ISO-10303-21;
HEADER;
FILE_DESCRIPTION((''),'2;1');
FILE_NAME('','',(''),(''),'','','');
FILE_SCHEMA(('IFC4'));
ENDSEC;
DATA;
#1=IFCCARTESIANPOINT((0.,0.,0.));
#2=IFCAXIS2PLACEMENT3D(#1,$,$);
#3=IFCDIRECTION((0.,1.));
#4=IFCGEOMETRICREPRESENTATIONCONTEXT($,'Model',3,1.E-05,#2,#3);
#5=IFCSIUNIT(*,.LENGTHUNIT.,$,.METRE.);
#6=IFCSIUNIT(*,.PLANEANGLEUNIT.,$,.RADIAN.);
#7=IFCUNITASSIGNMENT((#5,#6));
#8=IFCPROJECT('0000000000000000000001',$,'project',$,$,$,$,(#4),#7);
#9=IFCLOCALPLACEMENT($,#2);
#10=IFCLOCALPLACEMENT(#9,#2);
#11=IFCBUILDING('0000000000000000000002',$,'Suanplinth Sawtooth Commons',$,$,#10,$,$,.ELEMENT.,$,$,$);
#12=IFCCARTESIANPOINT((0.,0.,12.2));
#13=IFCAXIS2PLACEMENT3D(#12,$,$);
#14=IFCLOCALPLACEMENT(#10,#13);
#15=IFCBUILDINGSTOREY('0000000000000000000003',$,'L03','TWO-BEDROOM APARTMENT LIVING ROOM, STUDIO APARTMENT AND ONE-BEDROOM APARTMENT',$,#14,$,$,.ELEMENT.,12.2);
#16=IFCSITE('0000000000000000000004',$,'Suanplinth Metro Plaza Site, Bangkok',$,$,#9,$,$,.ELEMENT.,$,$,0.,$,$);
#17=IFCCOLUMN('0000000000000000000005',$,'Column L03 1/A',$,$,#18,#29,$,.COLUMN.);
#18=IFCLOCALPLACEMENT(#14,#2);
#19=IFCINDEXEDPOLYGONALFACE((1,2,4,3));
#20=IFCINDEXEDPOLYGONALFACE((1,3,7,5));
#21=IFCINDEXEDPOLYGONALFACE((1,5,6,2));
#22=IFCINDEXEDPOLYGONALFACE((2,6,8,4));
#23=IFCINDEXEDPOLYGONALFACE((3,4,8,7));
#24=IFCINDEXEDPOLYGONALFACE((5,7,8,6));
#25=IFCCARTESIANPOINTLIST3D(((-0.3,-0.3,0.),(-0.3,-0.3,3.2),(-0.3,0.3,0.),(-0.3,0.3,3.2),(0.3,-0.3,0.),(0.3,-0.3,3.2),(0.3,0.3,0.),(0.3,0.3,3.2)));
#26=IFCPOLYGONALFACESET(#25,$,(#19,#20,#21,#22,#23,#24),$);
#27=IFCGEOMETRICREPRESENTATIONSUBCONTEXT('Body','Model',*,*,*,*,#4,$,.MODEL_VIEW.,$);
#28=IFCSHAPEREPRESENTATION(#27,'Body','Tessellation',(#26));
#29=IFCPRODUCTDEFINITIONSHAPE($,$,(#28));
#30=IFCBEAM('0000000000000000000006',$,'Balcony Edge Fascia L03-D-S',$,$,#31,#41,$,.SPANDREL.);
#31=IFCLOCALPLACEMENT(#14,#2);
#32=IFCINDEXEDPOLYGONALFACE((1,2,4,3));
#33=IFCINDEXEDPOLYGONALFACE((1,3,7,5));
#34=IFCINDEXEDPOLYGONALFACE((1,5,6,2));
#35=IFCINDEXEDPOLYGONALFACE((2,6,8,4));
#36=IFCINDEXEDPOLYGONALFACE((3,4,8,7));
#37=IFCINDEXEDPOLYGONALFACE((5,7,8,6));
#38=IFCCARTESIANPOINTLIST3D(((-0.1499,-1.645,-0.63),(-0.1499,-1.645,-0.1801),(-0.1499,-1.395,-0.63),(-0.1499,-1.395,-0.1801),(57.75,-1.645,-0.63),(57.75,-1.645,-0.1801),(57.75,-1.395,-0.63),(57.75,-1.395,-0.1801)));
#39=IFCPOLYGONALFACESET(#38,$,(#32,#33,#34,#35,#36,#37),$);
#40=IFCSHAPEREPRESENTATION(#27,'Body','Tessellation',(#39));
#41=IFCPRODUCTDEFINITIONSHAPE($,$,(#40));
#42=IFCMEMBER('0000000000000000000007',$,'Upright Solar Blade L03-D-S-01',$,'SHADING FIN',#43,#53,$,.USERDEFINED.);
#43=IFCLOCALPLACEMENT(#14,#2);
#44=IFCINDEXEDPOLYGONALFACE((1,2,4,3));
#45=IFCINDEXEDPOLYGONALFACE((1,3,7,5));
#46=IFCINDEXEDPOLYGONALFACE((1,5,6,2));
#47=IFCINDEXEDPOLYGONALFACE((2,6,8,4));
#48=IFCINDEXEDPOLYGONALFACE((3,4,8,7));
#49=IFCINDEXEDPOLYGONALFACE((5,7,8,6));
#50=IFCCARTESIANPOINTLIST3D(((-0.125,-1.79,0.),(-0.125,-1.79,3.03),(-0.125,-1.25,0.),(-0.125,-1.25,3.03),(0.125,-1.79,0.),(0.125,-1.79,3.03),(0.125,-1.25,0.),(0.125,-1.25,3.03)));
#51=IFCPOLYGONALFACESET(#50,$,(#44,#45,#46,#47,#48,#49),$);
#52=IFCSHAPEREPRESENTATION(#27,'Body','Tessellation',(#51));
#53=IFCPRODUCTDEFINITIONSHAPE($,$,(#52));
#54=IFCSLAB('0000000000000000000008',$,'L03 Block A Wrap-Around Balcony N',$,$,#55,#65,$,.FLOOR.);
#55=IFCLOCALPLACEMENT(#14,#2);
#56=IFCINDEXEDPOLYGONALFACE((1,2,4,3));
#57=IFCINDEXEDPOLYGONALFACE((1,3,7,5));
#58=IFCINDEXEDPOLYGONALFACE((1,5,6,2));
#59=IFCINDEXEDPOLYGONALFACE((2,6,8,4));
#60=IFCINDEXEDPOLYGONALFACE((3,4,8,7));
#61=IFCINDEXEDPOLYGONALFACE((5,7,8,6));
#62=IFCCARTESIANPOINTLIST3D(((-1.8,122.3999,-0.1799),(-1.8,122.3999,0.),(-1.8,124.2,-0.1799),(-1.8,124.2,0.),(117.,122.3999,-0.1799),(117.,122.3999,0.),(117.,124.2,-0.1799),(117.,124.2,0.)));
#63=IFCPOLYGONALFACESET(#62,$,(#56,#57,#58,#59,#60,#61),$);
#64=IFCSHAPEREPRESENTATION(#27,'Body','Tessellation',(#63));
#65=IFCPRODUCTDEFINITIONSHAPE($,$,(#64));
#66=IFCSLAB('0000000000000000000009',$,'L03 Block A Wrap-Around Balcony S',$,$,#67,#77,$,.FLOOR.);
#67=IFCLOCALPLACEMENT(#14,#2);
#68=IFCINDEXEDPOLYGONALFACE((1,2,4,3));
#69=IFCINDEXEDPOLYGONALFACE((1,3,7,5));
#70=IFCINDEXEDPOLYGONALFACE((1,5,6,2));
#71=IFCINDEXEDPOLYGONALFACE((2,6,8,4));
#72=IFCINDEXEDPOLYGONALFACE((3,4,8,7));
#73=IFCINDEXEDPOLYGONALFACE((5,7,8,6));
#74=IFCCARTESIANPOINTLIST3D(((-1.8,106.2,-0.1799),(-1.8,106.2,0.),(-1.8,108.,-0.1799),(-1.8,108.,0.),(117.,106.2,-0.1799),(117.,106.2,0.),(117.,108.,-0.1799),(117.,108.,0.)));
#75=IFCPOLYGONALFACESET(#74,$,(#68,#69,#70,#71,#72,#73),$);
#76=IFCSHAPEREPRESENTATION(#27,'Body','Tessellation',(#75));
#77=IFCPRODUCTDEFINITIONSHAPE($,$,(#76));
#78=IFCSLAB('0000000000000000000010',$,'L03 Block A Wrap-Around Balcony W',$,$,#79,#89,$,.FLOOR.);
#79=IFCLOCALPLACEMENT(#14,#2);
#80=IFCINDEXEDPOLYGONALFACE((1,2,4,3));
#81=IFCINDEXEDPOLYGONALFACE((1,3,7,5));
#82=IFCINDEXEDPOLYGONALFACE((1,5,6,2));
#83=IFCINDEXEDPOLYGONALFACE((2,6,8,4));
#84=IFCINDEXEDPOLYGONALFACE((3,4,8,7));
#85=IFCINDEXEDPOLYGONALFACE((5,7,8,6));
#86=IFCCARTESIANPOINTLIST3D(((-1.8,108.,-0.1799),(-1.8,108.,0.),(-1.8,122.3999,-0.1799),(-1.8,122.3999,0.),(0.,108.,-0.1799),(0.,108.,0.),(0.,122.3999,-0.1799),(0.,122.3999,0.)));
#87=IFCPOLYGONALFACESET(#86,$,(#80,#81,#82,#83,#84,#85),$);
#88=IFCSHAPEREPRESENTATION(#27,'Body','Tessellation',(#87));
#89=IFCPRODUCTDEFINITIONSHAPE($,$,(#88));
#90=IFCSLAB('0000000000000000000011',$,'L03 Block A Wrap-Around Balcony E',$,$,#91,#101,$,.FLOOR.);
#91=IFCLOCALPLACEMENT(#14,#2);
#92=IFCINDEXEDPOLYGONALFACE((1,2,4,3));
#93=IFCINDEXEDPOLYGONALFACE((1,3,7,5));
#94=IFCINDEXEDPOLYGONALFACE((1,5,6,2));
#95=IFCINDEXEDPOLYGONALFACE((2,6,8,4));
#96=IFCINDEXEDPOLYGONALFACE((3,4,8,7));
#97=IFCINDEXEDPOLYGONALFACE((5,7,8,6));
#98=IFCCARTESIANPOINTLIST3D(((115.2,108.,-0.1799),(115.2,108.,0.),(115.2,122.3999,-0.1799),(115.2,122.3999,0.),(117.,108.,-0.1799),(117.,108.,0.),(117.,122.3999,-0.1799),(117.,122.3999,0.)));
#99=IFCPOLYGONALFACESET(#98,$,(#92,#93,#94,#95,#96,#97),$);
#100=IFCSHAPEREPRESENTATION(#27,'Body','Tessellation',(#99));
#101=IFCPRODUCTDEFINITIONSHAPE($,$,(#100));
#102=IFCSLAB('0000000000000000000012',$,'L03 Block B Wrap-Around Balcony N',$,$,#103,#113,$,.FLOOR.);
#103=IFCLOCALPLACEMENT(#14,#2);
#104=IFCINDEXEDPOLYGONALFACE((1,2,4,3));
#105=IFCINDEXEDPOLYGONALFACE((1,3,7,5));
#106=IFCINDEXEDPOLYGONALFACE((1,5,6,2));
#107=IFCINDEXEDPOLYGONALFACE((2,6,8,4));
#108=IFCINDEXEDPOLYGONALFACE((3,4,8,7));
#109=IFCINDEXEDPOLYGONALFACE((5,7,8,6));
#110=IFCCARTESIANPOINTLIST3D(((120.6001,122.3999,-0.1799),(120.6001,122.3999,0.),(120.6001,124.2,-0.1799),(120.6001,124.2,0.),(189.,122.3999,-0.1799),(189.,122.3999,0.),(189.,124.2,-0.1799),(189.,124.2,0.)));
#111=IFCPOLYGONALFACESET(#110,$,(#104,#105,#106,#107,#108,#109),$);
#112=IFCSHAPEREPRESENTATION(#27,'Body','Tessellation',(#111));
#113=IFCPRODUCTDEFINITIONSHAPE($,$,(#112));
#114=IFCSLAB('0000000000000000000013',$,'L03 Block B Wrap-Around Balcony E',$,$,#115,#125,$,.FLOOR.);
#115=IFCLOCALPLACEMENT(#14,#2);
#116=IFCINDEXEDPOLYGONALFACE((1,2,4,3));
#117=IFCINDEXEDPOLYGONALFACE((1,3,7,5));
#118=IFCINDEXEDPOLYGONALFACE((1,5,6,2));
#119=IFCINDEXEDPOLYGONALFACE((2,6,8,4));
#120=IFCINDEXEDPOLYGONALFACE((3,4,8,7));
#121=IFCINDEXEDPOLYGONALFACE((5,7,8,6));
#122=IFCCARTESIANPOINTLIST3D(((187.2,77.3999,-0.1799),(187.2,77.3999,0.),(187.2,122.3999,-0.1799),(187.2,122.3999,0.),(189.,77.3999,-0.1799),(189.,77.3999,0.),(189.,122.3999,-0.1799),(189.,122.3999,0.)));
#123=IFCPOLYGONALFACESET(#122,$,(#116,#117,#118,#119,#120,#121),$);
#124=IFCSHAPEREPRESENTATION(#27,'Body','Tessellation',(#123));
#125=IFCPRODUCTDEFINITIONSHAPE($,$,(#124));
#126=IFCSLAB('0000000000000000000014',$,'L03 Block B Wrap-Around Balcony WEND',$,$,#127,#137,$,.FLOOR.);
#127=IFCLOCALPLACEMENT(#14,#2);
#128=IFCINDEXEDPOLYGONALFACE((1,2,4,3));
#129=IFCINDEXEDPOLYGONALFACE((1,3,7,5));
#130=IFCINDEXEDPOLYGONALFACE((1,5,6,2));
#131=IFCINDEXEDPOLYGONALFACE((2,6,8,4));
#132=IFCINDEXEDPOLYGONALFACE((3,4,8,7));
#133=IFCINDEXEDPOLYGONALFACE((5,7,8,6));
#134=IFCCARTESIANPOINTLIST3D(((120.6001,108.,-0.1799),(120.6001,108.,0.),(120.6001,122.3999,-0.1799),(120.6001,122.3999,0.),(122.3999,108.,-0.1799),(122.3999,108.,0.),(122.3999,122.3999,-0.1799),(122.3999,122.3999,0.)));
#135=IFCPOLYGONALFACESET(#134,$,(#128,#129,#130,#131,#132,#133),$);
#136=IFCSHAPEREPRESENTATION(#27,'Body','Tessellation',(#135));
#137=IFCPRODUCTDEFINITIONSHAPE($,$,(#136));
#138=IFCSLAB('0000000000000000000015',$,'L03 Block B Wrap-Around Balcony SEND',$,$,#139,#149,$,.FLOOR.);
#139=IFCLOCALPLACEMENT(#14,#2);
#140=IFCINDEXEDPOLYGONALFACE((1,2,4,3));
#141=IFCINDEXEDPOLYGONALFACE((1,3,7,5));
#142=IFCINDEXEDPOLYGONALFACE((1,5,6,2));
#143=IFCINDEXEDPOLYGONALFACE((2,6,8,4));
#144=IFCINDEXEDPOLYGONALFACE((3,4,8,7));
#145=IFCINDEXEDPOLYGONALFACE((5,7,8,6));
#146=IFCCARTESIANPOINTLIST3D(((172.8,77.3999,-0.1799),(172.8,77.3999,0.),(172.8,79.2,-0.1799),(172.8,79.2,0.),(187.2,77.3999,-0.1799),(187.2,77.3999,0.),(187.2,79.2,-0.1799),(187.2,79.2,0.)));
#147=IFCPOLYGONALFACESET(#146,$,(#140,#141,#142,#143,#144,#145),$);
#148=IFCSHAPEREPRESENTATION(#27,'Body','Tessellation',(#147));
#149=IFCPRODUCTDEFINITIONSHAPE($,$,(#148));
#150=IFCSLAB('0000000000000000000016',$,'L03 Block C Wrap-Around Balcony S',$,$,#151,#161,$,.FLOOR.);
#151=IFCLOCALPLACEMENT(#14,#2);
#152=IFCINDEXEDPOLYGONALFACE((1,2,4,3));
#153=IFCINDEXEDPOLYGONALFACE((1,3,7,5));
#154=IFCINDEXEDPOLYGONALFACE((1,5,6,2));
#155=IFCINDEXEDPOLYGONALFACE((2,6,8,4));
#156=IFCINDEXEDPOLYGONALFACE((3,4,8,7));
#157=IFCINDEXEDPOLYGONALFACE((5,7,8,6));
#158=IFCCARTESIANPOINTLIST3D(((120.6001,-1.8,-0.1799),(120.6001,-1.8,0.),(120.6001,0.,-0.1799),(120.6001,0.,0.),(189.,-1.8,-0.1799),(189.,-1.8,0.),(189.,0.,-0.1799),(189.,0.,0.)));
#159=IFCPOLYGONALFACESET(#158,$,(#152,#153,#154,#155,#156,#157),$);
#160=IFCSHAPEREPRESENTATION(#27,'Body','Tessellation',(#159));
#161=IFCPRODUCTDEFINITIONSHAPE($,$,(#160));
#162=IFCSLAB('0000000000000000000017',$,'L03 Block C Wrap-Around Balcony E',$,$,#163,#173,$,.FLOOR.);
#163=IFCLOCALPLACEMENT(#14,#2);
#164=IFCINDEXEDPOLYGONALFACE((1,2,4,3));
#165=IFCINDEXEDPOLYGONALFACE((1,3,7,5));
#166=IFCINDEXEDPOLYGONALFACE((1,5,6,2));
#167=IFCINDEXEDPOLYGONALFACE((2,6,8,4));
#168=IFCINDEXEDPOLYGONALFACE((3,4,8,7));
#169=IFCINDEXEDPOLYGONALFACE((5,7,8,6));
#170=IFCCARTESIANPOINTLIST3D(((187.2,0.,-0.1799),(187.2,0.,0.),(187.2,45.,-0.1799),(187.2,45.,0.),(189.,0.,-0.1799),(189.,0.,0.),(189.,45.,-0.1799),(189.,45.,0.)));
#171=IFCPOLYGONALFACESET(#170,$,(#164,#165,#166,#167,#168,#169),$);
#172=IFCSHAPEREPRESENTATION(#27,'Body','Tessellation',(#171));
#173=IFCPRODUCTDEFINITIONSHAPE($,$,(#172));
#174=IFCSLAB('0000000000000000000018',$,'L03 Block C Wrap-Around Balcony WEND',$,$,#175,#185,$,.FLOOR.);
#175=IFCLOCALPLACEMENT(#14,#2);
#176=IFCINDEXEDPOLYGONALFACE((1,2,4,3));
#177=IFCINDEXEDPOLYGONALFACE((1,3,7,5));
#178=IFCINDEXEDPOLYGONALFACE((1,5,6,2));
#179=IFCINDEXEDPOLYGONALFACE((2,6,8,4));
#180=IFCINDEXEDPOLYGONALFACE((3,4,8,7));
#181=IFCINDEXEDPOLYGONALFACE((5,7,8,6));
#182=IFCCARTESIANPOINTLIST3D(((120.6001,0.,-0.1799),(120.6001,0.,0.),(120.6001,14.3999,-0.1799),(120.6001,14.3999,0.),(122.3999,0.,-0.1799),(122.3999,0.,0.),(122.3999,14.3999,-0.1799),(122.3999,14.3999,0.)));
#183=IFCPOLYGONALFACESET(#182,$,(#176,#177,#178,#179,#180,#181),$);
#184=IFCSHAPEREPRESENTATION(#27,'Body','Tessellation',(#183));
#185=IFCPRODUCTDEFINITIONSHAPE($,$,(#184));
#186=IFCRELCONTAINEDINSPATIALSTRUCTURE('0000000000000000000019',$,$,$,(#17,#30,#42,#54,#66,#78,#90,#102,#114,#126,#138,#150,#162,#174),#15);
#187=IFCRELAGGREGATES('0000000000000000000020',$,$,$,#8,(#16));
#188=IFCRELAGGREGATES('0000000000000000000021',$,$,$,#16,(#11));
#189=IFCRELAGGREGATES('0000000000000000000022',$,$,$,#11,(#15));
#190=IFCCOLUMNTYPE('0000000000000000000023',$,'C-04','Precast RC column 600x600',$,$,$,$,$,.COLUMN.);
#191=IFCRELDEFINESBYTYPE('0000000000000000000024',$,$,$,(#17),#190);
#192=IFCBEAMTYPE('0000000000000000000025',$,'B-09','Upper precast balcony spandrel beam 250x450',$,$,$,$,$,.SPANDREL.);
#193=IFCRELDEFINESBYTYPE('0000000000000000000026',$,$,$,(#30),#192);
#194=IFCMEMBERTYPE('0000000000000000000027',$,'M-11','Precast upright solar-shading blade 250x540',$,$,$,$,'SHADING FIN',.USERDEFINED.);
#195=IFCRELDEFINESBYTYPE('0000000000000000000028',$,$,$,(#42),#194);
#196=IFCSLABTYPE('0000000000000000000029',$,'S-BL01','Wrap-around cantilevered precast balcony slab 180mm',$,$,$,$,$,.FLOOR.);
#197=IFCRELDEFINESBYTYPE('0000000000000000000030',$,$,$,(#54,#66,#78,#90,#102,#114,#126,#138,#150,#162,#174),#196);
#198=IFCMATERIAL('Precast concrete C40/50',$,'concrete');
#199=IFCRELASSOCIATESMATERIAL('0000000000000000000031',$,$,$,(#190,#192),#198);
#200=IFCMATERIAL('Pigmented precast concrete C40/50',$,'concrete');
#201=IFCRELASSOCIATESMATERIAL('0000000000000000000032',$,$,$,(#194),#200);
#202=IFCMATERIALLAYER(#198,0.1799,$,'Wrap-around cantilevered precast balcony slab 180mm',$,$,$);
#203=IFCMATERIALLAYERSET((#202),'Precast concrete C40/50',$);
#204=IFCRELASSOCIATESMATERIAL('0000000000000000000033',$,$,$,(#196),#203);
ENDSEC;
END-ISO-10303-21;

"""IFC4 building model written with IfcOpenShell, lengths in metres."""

from ifc_helpers import new_model, si_unit, direction, frame, origin, origin_with_axes, origin_2d, place, context, subcontext, project, spatial, polyline, rectangle, outline, extrude, material, layer, layer_set, material_profile, profile_set, type_object, element, save


model = new_model("IFC4")

# Units and contexts
model_context = context("Model", 3, precision=1e-05, world=origin(), true_north=direction((0.0, 1.0)))
body_context = subcontext(model_context, "Body", "Model", "MODEL_VIEW")
ifc_project = project(units=[si_unit("LENGTHUNIT", "METRE"), si_unit("PLANEANGLEUNIT", "RADIAN")], contexts=[model_context])

# Site, building, storey
site_placement = place(None, origin())
site = spatial("IfcSite", under=ifc_project, at=site_placement, Name="Suanplinth Metro Plaza Site, Bangkok", CompositionType="ELEMENT", RefElevation=0.0)
building_placement = place(site_placement, origin())
building = spatial("IfcBuilding", under=site, at=building_placement, Name="Suanplinth Sawtooth Commons", CompositionType="ELEMENT")
storey_placement = place(building_placement, frame((0.0, 0.0, 12.2)))
storey = spatial("IfcBuildingStorey", under=building, at=storey_placement, Name="L03", Description="TWO-BEDROOM APARTMENT LIVING ROOM, STUDIO APARTMENT AND ONE-BEDROOM APARTMENT", CompositionType="ELEMENT", Elevation=12.2)

# Column
ifc_material_1 = material(Name="Precast concrete C40/50", Category="concrete")
ifc_material_profile_1 = material_profile(ifc_material_1, rectangle(XDim=0.6001, YDim=0.6001, at=origin_2d()), Name="PC-COL 600x600")
ifc_profile_set_1 = profile_set([ifc_material_profile_1], Name="Precast concrete C40/50")
column_type = type_object("IfcColumnType", Name="C-04", Description="Precast RC column 600x600", PredefinedType="COLUMN", material=ifc_profile_set_1)
column_placement = place(storey_placement, origin_with_axes())
element("IfcColumn", 1, at=column_placement, inside=storey, type_object=column_type, Name="Column L03 1/A", PredefinedType="COLUMN", context=body_context, shape_type="SweptSolid", body=[
    extrude(rectangle(XDim=0.6001, YDim=0.6001, at=origin_2d()), origin(), (0.0, 0.0, 1.0), 3.2),
])

# Beam
ifc_material_profile_2 = material_profile(ifc_material_1, rectangle(XDim=0.25, YDim=0.45, at=origin_2d()), Name="PC-SP 250x450")
ifc_profile_set_2 = profile_set([ifc_material_profile_2], Name="Precast concrete C40/50")
beam_type = type_object("IfcBeamType", Name="B-09", Description="Upper precast balcony spandrel beam 250x450", PredefinedType="SPANDREL", material=ifc_profile_set_2)
beam_placement = place(storey_placement, frame((-0.1499, -1.52, -0.405), z_axis=(1.0, 0.0, 0.0), x_axis=(0.0, 1.0, 0.0)))
element("IfcBeam", 2, at=beam_placement, inside=storey, type_object=beam_type, Name="Balcony Edge Fascia L03-D-S", PredefinedType="SPANDREL", context=body_context, shape_type="SweptSolid", body=[
    extrude(rectangle(XDim=0.25, YDim=0.45, at=origin_2d()), origin(), (0.0, 0.0, 1.0), 57.8999),
])

# Member
ifc_material_2 = material(Name="Pigmented precast concrete C40/50", Category="concrete")
ifc_material_profile_3 = material_profile(ifc_material_2, rectangle(XDim=0.25, YDim=0.54, at=origin_2d()), Name="PC-FIN 250x540")
ifc_profile_set_3 = profile_set([ifc_material_profile_3], Name="Pigmented precast concrete C40/50")
member_type = type_object("IfcMemberType", Name="M-11", Description="Precast upright solar-shading blade 250x540", ElementType="SHADING FIN", PredefinedType="USERDEFINED", material=ifc_profile_set_3)
member_placement = place(storey_placement, frame((0.0, -1.52, 0.0), z_axis=(0.0, 0.0, 1.0), x_axis=(1.0, 0.0, 0.0)))
element("IfcMember", 3, at=member_placement, inside=storey, type_object=member_type, Name="Upright Solar Blade L03-D-S-01", ObjectType="SHADING FIN", PredefinedType="USERDEFINED", context=body_context, shape_type="SweptSolid", body=[
    extrude(rectangle(XDim=0.25, YDim=0.54, at=origin_2d()), origin(), (0.0, 0.0, 1.0), 3.03),
])

# Slabs
ifc_layer_1 = layer(ifc_material_1, 0.1799, Name="Wrap-around cantilevered precast balcony slab 180mm")
ifc_layer_set_1 = layer_set([ifc_layer_1], Name="Precast concrete C40/50")
slab_type_1 = type_object("IfcSlabType", Name="S-BL01", Description="Wrap-around cantilevered precast balcony slab 180mm", PredefinedType="FLOOR", material=ifc_layer_set_1)
slab_1_placement = place(storey_placement, frame((0.0, 0.0, -0.1799)))
element("IfcSlab", 4, at=slab_1_placement, inside=storey, type_object=slab_type_1, Name="L03 Block A Wrap-Around Balcony N", PredefinedType="FLOOR", context=body_context, shape_type="SweptSolid", body=[
    extrude(outline(polyline([(-1.8, 122.3999), (-1.8, 124.2), (117.0, 124.2), (117.0, 122.3999), (-1.8, 122.3999)])), origin(), (0.0, 0.0, 1.0), 0.1799),
])
slab_2_placement = place(storey_placement, frame((0.0, 0.0, -0.1799)))
element("IfcSlab", 5, at=slab_2_placement, inside=storey, type_object=slab_type_1, Name="L03 Block A Wrap-Around Balcony S", PredefinedType="FLOOR", context=body_context, shape_type="SweptSolid", body=[
    extrude(outline(polyline([(117.0, 108.0), (117.0, 106.2), (-1.8, 106.2), (-1.8, 108.0), (117.0, 108.0)])), origin(), (0.0, 0.0, 1.0), 0.1799),
])
slab_3_placement = place(storey_placement, frame((0.0, 0.0, -0.1799)))
element("IfcSlab", 6, at=slab_3_placement, inside=storey, type_object=slab_type_1, Name="L03 Block A Wrap-Around Balcony W", PredefinedType="FLOOR", context=body_context, shape_type="SweptSolid", body=[
    extrude(outline(polyline([(0.0, 108.0), (-1.8, 108.0), (-1.8, 122.3999), (0.0, 122.3999), (0.0, 108.0)])), origin(), (0.0, 0.0, 1.0), 0.1799),
])
slab_4_placement = place(storey_placement, frame((0.0, 0.0, -0.1799)))
element("IfcSlab", 7, at=slab_4_placement, inside=storey, type_object=slab_type_1, Name="L03 Block A Wrap-Around Balcony E", PredefinedType="FLOOR", context=body_context, shape_type="SweptSolid", body=[
    extrude(outline(polyline([(117.0, 122.3999), (117.0, 108.0), (115.2, 108.0), (115.2, 122.3999), (117.0, 122.3999)])), origin(), (0.0, 0.0, 1.0), 0.1799),
])
slab_5_placement = place(storey_placement, frame((0.0, 0.0, -0.1799)))
element("IfcSlab", 8, at=slab_5_placement, inside=storey, type_object=slab_type_1, Name="L03 Block B Wrap-Around Balcony N", PredefinedType="FLOOR", context=body_context, shape_type="SweptSolid", body=[
    extrude(outline(polyline([(120.6001, 122.3999), (120.6001, 124.2), (189.0, 124.2), (189.0, 122.3999), (120.6001, 122.3999)])), origin(), (0.0, 0.0, 1.0), 0.1799),
])
slab_6_placement = place(storey_placement, frame((0.0, 0.0, -0.1799)))
element("IfcSlab", 9, at=slab_6_placement, inside=storey, type_object=slab_type_1, Name="L03 Block B Wrap-Around Balcony E", PredefinedType="FLOOR", context=body_context, shape_type="SweptSolid", body=[
    extrude(outline(polyline([(189.0, 122.3999), (189.0, 77.3999), (187.2, 77.3999), (187.2, 122.3999), (189.0, 122.3999)])), origin(), (0.0, 0.0, 1.0), 0.1799),
])
slab_7_placement = place(storey_placement, frame((0.0, 0.0, -0.1799)))
element("IfcSlab", 10, at=slab_7_placement, inside=storey, type_object=slab_type_1, Name="L03 Block B Wrap-Around Balcony WEND", PredefinedType="FLOOR", context=body_context, shape_type="SweptSolid", body=[
    extrude(outline(polyline([(122.3999, 108.0), (120.6001, 108.0), (120.6001, 122.3999), (122.3999, 122.3999), (122.3999, 108.0)])), origin(), (0.0, 0.0, 1.0), 0.1799),
])
slab_8_placement = place(storey_placement, frame((0.0, 0.0, -0.1799)))
element("IfcSlab", 11, at=slab_8_placement, inside=storey, type_object=slab_type_1, Name="L03 Block B Wrap-Around Balcony SEND", PredefinedType="FLOOR", context=body_context, shape_type="SweptSolid", body=[
    extrude(outline(polyline([(187.2, 77.3999), (172.8, 77.3999), (172.8, 79.2), (187.2, 79.2), (187.2, 77.3999)])), origin(), (0.0, 0.0, 1.0), 0.1799),
])
slab_9_placement = place(storey_placement, frame((0.0, 0.0, -0.1799)))
element("IfcSlab", 12, at=slab_9_placement, inside=storey, type_object=slab_type_1, Name="L03 Block C Wrap-Around Balcony S", PredefinedType="FLOOR", context=body_context, shape_type="SweptSolid", body=[
    extrude(outline(polyline([(189.0, 0.0), (189.0, -1.8), (120.6001, -1.8), (120.6001, 0.0), (189.0, 0.0)])), origin(), (0.0, 0.0, 1.0), 0.1799),
])
slab_10_placement = place(storey_placement, frame((0.0, 0.0, -0.1799)))
element("IfcSlab", 13, at=slab_10_placement, inside=storey, type_object=slab_type_1, Name="L03 Block C Wrap-Around Balcony E", PredefinedType="FLOOR", context=body_context, shape_type="SweptSolid", body=[
    extrude(outline(polyline([(187.2, 45.0), (189.0, 45.0), (189.0, 0.0), (187.2, 0.0), (187.2, 45.0)])), origin(), (0.0, 0.0, 1.0), 0.1799),
])
slab_11_placement = place(storey_placement, frame((0.0, 0.0, -0.1799)))
element("IfcSlab", 14, at=slab_11_placement, inside=storey, type_object=slab_type_1, Name="L03 Block C Wrap-Around Balcony WEND", PredefinedType="FLOOR", context=body_context, shape_type="SweptSolid", body=[
    extrude(outline(polyline([(122.3999, 0.0), (120.6001, 0.0), (120.6001, 14.3999), (122.3999, 14.3999), (122.3999, 0.0)])), origin(), (0.0, 0.0, 1.0), 0.1799),
])

save(model, "model.ifc")
